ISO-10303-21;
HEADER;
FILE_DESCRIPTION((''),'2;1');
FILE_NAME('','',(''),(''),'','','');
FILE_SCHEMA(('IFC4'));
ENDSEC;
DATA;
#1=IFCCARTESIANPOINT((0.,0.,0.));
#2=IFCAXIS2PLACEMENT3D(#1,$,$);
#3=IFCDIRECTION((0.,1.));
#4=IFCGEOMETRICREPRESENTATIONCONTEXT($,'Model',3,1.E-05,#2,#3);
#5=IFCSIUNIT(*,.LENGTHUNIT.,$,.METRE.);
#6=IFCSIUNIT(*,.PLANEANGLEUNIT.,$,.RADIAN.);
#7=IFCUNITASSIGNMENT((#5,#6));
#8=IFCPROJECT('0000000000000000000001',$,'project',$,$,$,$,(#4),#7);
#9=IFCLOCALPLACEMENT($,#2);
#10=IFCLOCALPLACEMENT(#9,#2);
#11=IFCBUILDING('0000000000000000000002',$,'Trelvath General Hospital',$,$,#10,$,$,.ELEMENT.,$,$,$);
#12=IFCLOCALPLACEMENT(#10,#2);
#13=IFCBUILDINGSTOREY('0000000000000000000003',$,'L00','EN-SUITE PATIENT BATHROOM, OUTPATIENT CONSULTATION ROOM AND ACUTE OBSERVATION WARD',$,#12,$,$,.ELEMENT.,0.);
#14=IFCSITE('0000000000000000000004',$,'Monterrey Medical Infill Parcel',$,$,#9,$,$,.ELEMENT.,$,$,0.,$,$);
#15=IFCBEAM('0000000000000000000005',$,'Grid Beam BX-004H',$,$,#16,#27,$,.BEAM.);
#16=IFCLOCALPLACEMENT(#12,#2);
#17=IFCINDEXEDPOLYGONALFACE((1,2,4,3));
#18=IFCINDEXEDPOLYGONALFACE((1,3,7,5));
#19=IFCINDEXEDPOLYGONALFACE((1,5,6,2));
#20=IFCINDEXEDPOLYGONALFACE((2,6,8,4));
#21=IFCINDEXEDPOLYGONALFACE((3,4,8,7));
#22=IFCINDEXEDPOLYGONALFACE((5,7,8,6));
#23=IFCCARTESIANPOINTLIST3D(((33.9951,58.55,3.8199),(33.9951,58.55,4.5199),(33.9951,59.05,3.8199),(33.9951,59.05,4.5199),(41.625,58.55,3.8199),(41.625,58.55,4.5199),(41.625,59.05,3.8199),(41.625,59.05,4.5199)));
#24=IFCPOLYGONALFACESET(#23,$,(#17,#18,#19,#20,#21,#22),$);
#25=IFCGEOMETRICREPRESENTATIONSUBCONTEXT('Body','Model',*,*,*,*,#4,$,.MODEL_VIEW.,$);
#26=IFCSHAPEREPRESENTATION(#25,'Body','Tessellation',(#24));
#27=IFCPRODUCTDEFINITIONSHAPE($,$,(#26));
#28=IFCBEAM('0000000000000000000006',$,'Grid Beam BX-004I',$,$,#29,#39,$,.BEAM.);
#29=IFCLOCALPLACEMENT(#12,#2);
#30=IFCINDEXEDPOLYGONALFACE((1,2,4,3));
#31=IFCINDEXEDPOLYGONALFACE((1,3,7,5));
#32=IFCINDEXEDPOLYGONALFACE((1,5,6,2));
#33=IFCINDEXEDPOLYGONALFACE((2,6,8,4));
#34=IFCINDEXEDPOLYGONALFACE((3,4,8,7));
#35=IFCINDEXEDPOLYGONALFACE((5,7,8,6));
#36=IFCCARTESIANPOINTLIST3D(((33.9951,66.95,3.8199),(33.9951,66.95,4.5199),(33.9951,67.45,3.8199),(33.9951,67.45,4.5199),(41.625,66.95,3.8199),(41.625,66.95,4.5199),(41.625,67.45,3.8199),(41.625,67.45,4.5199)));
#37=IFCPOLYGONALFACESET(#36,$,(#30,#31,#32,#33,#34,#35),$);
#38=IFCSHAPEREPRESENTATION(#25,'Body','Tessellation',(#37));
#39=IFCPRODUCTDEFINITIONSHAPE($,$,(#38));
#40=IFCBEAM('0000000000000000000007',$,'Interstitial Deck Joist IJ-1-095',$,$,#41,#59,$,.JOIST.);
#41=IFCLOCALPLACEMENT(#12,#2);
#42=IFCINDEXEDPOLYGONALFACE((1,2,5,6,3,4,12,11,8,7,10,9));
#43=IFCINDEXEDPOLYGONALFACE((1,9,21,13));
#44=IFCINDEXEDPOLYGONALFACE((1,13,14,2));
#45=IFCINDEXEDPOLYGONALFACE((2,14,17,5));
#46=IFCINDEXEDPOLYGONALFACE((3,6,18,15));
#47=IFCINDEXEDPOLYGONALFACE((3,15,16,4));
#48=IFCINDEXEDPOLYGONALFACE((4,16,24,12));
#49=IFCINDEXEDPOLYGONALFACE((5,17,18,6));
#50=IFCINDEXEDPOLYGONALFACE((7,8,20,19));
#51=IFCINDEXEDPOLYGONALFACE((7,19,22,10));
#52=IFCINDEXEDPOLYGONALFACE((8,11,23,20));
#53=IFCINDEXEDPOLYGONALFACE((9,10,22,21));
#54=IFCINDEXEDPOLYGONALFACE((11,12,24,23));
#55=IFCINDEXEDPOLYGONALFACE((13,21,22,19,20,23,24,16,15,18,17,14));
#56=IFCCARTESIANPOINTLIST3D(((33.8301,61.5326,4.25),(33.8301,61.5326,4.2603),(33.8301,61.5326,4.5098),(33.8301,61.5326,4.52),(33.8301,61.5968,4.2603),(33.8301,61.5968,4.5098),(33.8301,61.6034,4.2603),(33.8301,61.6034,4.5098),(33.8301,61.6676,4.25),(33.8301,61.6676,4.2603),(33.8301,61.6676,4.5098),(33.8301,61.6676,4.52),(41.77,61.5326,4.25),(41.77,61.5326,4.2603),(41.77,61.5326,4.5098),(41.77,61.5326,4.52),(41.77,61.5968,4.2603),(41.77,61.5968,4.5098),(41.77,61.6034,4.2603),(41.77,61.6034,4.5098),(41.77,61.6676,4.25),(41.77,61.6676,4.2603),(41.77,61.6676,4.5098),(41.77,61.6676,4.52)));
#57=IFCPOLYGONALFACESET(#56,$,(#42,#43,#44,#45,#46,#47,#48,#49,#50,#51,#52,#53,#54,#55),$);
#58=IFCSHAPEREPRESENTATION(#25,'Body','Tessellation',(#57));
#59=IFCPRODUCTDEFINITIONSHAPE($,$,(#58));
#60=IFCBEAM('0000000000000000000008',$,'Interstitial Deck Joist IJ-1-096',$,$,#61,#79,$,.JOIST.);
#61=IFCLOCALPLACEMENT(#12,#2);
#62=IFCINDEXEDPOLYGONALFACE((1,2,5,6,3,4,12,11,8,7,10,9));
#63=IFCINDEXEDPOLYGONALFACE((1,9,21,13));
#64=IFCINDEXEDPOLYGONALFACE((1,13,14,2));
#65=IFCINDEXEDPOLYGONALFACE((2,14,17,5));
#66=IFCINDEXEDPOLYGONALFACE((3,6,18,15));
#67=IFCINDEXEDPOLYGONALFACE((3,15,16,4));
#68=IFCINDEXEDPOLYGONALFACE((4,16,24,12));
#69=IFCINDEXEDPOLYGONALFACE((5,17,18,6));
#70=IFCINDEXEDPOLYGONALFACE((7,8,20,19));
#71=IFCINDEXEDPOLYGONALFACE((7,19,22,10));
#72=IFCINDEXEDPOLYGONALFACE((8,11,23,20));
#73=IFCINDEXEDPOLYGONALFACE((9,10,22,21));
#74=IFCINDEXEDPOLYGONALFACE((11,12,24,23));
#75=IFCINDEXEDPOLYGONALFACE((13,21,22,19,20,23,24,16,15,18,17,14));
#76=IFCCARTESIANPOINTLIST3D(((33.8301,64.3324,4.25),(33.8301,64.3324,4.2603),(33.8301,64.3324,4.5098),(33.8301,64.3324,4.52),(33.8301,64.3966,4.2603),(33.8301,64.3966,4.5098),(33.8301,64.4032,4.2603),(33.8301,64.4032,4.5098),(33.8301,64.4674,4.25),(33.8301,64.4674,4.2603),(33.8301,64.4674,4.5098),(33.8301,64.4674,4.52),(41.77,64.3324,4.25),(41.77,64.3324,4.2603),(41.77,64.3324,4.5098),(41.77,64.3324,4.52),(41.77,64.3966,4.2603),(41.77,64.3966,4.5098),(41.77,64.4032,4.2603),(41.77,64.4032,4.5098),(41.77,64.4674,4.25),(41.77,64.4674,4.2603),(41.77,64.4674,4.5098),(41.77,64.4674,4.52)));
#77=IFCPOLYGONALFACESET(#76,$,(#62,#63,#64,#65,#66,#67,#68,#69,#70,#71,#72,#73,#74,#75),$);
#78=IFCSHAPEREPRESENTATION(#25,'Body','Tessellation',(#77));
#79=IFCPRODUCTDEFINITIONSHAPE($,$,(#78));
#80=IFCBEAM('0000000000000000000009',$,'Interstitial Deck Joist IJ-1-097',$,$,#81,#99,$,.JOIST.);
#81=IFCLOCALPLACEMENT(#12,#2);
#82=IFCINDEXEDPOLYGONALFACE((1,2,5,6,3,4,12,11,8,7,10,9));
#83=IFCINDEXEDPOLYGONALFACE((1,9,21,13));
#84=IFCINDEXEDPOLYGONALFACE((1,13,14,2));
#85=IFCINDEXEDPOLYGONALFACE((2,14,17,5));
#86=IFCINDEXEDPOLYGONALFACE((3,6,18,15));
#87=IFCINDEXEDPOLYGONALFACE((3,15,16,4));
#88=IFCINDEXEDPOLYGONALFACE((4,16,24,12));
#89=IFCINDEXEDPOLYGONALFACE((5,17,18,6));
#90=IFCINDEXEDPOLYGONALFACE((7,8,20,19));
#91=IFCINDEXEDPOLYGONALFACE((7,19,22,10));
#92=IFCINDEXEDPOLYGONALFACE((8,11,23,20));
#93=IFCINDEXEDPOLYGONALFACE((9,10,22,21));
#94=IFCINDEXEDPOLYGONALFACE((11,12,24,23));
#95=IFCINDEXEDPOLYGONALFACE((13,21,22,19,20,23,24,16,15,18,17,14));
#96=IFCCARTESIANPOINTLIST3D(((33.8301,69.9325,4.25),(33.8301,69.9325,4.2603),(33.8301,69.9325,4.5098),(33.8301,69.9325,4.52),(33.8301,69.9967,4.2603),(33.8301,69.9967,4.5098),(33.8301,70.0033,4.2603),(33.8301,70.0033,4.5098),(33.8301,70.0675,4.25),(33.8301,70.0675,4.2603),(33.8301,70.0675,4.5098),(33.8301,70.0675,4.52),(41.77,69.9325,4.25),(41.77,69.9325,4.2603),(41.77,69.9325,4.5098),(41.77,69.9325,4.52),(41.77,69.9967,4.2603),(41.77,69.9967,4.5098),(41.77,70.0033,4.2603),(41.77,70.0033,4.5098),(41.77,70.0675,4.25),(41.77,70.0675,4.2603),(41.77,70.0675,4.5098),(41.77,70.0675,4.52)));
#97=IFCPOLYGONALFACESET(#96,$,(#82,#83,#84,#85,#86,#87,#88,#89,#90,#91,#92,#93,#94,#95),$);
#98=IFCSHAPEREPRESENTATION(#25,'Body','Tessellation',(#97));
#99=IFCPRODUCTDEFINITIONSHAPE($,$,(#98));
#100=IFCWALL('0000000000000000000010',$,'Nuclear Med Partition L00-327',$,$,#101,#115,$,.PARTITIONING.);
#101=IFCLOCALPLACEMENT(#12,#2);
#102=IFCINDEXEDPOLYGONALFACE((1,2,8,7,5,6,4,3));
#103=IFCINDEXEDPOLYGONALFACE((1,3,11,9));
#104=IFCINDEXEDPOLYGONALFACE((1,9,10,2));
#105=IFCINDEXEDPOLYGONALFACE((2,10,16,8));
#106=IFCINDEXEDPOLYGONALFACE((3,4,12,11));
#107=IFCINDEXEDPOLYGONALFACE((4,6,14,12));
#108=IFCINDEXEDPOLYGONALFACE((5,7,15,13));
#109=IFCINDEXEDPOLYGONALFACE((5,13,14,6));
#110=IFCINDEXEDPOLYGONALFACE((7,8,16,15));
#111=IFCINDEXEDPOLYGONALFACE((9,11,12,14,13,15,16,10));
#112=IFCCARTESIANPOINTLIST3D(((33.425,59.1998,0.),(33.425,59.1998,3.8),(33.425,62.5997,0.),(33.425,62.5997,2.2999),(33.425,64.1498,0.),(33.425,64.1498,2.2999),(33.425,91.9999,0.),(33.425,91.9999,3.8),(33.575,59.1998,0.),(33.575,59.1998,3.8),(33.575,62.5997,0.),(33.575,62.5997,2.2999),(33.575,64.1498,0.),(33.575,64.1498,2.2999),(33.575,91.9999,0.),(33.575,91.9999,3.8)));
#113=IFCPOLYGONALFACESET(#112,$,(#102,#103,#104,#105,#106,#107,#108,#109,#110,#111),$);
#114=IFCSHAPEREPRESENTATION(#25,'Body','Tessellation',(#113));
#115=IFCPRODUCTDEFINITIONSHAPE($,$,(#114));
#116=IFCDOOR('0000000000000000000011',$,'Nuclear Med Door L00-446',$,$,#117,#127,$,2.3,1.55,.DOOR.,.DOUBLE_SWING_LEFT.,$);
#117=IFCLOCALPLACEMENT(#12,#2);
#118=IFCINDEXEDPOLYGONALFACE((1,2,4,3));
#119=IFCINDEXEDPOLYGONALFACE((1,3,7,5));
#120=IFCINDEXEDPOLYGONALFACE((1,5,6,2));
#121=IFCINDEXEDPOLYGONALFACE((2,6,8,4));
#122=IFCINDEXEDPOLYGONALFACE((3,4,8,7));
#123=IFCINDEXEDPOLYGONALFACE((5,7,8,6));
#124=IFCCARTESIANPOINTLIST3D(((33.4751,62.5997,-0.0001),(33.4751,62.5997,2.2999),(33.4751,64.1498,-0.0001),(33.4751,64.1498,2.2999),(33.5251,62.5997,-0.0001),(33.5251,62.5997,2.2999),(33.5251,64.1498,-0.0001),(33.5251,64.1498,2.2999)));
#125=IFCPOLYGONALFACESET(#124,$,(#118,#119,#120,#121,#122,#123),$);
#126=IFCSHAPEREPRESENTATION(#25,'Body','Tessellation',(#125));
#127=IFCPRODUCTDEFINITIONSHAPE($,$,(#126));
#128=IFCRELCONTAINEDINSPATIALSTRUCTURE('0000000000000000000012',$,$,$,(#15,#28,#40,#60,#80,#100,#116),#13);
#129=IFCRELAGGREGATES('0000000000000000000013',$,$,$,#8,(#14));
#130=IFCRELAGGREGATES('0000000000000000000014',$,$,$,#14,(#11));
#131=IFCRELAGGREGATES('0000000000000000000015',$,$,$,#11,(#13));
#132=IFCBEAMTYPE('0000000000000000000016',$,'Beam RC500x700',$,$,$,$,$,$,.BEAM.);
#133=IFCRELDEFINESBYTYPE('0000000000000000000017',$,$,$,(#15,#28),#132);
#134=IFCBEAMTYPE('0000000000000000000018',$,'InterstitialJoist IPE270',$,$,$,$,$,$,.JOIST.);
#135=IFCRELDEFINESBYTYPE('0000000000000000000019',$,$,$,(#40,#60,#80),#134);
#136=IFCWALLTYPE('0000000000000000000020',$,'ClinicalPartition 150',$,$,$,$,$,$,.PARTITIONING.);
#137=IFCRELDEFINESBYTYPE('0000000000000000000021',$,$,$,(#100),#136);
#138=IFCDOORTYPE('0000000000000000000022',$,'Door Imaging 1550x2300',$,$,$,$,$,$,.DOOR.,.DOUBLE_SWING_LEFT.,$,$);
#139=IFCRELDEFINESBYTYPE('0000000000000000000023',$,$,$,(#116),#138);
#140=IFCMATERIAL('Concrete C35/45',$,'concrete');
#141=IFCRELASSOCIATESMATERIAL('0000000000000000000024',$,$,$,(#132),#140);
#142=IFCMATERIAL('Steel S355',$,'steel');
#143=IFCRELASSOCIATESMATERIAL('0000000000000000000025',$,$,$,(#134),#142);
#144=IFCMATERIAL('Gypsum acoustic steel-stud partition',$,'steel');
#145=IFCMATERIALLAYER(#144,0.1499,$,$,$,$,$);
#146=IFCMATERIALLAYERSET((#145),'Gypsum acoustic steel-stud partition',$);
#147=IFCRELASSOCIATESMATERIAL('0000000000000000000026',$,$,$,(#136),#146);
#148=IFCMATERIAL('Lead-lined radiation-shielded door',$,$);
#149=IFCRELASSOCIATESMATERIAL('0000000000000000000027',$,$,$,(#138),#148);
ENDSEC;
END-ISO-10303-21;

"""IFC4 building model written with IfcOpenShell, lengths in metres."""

from ifc_helpers import new_model, si_unit, direction, frame, frame_2d, origin, origin_2d, place, context, subcontext, project, spatial, rectangle, i_section, extrude, material, layer, layer_set, material_profile, profile_set, type_object, element, fill, save


model = new_model("IFC4")

# Units and contexts
model_context = context("Model", 3, precision=1e-05, world=origin(), true_north=direction((0.0, 1.0)))
body_context = subcontext(model_context, "Body", "Model", "MODEL_VIEW")
ifc_project = project(units=[si_unit("LENGTHUNIT", "METRE"), si_unit("PLANEANGLEUNIT", "RADIAN")], contexts=[model_context])

# Site, building, storey
site_placement = place(None, origin())
site = spatial("IfcSite", under=ifc_project, at=site_placement, Name="Monterrey Medical Infill Parcel", CompositionType="ELEMENT", RefElevation=0.0)
building_placement = place(site_placement, origin())
building = spatial("IfcBuilding", under=site, at=building_placement, Name="Trelvath General Hospital", CompositionType="ELEMENT")
storey_placement = place(building_placement, origin())
storey = spatial("IfcBuildingStorey", under=building, at=storey_placement, Name="L00", Description="EN-SUITE PATIENT BATHROOM, OUTPATIENT CONSULTATION ROOM AND ACUTE OBSERVATION WARD", CompositionType="ELEMENT", Elevation=0.0)

# Beams
ifc_material_1 = material(Name="Concrete C35/45", Category="concrete")
ifc_material_profile_1 = material_profile(ifc_material_1, rectangle(XDim=0.5, YDim=0.7, at=origin_2d()), Name="RCB500x700")
ifc_profile_set_1 = profile_set([ifc_material_profile_1], Name="Concrete C35/45")
beam_type_1 = type_object("IfcBeamType", Name="Beam RC500x700", PredefinedType="BEAM", material=ifc_profile_set_1)
for number, where, z_axis, x_axis, name in (
    (1, (33.9951, 58.8, 4.1699), (1.0, 0.0, 0.0), (0.0, 1.0, 0.0), "Grid Beam BX-004H"),
    (2, (33.9951, 67.2, 4.1699), (1.0, 0.0, 0.0), (0.0, 1.0, 0.0), "Grid Beam BX-004I"),
):
    element("IfcBeam", number, at=place(storey_placement, frame(where, z_axis=z_axis, x_axis=x_axis)), inside=storey, type_object=beam_type_1, Name=name, PredefinedType="BEAM", context=body_context, shape_type="SweptSolid", body=[
        extrude(rectangle(XDim=0.5, YDim=0.7, at=origin_2d()), origin(), (0.0, 0.0, 1.0), 7.6299),
    ])
ifc_material_2 = material(Name="Steel S355", Category="steel")
ifc_material_profile_2 = material_profile(ifc_material_2, i_section(OverallWidth=0.135, OverallDepth=0.27, WebThickness=0.0066, FlangeThickness=0.0103, at=origin_2d()), Name="IPE270")
ifc_profile_set_2 = profile_set([ifc_material_profile_2], Name="Steel S355")
beam_type_2 = type_object("IfcBeamType", Name="InterstitialJoist IPE270", PredefinedType="JOIST", material=ifc_profile_set_2)
for number, where, z_axis, x_axis, name in (
    (3, (33.8301, 61.6001, 4.385), (1.0, 0.0, 0.0), (0.0, 1.0, 0.0), "Interstitial Deck Joist IJ-1-095"),
    (4, (33.8301, 64.3999, 4.385), (1.0, 0.0, 0.0), (0.0, 1.0, 0.0), "Interstitial Deck Joist IJ-1-096"),
    (5, (33.8301, 70.0, 4.385), (1.0, 0.0, 0.0), (0.0, 1.0, 0.0), "Interstitial Deck Joist IJ-1-097"),
):
    element("IfcBeam", number, at=place(storey_placement, frame(where, z_axis=z_axis, x_axis=x_axis)), inside=storey, type_object=beam_type_2, Name=name, PredefinedType="JOIST", context=body_context, shape_type="SweptSolid", body=[
        extrude(i_section(OverallWidth=0.135, OverallDepth=0.27, WebThickness=0.0066, FlangeThickness=0.0103, at=origin_2d()), origin(), (0.0, 0.0, 1.0), 7.9399),
    ])

# Wall, opening, door
ifc_material_3 = material(Name="Gypsum acoustic steel-stud partition", Category="steel")
ifc_layer_1 = layer(ifc_material_3, 0.1499)
ifc_layer_set_1 = layer_set([ifc_layer_1], Name="Gypsum acoustic steel-stud partition")
wall_type = type_object("IfcWallType", Name="ClinicalPartition 150", PredefinedType="PARTITIONING", material=ifc_layer_set_1)
wall_placement = place(storey_placement, frame((33.5, 59.2, 0.0), z_axis=(0.0, 0.0, 1.0), x_axis=(0.0, 1.0, 0.0)))
wall = element("IfcWall", 6, at=wall_placement, inside=storey, type_object=wall_type, Name="Nuclear Med Partition L00-327", PredefinedType="PARTITIONING", context=body_context, shape_type="SweptSolid", body=[
    extrude(rectangle(XDim=32.8, YDim=0.1499, at=frame_2d((16.3999, 0.0))), origin(), (0.0, 0.0, 1.0), 3.8),
])
opening_placement = place(wall_placement, frame((3.3999, 0.0, 0.0)))
opening = element("IfcOpeningElement", 7, at=opening_placement, cuts=wall, PredefinedType="OPENING", context=body_context, shape_type="SweptSolid", body=[
    extrude(rectangle(XDim=1.55, YDim=2.3, at=frame_2d((0.7749, 1.1499))), frame((0.0, 0.085, 0.0), z_axis=(0.0, -1.0, 0.0), x_axis=(1.0, 0.0, 0.0)), (0.0, 0.0, 1.0), 0.1699),
])
ifc_material_4 = material(Name="Lead-lined radiation-shielded door")
door_type = type_object("IfcDoorType", Name="Door Imaging 1550x2300", OperationType="DOUBLE_SWING_LEFT", PredefinedType="DOOR", material=ifc_material_4)
door_placement = place(opening_placement, origin())
door = element("IfcDoor", 8, at=door_placement, inside=storey, type_object=door_type, Name="Nuclear Med Door L00-446", OperationType="DOUBLE_SWING_LEFT", OverallHeight=2.3, OverallWidth=1.55, PredefinedType="DOOR", context=body_context, shape_type="SweptSolid", body=[
    extrude(rectangle(XDim=1.55, YDim=2.3, at=frame_2d((0.7749, 1.1499))), frame((0.0, 0.0249, 0.0), z_axis=(0.0, -1.0, 0.0), x_axis=(1.0, 0.0, 0.0)), (0.0, 0.0, 1.0), 0.05),
])
fill(opening, door)

save(model, "model.ifc")
